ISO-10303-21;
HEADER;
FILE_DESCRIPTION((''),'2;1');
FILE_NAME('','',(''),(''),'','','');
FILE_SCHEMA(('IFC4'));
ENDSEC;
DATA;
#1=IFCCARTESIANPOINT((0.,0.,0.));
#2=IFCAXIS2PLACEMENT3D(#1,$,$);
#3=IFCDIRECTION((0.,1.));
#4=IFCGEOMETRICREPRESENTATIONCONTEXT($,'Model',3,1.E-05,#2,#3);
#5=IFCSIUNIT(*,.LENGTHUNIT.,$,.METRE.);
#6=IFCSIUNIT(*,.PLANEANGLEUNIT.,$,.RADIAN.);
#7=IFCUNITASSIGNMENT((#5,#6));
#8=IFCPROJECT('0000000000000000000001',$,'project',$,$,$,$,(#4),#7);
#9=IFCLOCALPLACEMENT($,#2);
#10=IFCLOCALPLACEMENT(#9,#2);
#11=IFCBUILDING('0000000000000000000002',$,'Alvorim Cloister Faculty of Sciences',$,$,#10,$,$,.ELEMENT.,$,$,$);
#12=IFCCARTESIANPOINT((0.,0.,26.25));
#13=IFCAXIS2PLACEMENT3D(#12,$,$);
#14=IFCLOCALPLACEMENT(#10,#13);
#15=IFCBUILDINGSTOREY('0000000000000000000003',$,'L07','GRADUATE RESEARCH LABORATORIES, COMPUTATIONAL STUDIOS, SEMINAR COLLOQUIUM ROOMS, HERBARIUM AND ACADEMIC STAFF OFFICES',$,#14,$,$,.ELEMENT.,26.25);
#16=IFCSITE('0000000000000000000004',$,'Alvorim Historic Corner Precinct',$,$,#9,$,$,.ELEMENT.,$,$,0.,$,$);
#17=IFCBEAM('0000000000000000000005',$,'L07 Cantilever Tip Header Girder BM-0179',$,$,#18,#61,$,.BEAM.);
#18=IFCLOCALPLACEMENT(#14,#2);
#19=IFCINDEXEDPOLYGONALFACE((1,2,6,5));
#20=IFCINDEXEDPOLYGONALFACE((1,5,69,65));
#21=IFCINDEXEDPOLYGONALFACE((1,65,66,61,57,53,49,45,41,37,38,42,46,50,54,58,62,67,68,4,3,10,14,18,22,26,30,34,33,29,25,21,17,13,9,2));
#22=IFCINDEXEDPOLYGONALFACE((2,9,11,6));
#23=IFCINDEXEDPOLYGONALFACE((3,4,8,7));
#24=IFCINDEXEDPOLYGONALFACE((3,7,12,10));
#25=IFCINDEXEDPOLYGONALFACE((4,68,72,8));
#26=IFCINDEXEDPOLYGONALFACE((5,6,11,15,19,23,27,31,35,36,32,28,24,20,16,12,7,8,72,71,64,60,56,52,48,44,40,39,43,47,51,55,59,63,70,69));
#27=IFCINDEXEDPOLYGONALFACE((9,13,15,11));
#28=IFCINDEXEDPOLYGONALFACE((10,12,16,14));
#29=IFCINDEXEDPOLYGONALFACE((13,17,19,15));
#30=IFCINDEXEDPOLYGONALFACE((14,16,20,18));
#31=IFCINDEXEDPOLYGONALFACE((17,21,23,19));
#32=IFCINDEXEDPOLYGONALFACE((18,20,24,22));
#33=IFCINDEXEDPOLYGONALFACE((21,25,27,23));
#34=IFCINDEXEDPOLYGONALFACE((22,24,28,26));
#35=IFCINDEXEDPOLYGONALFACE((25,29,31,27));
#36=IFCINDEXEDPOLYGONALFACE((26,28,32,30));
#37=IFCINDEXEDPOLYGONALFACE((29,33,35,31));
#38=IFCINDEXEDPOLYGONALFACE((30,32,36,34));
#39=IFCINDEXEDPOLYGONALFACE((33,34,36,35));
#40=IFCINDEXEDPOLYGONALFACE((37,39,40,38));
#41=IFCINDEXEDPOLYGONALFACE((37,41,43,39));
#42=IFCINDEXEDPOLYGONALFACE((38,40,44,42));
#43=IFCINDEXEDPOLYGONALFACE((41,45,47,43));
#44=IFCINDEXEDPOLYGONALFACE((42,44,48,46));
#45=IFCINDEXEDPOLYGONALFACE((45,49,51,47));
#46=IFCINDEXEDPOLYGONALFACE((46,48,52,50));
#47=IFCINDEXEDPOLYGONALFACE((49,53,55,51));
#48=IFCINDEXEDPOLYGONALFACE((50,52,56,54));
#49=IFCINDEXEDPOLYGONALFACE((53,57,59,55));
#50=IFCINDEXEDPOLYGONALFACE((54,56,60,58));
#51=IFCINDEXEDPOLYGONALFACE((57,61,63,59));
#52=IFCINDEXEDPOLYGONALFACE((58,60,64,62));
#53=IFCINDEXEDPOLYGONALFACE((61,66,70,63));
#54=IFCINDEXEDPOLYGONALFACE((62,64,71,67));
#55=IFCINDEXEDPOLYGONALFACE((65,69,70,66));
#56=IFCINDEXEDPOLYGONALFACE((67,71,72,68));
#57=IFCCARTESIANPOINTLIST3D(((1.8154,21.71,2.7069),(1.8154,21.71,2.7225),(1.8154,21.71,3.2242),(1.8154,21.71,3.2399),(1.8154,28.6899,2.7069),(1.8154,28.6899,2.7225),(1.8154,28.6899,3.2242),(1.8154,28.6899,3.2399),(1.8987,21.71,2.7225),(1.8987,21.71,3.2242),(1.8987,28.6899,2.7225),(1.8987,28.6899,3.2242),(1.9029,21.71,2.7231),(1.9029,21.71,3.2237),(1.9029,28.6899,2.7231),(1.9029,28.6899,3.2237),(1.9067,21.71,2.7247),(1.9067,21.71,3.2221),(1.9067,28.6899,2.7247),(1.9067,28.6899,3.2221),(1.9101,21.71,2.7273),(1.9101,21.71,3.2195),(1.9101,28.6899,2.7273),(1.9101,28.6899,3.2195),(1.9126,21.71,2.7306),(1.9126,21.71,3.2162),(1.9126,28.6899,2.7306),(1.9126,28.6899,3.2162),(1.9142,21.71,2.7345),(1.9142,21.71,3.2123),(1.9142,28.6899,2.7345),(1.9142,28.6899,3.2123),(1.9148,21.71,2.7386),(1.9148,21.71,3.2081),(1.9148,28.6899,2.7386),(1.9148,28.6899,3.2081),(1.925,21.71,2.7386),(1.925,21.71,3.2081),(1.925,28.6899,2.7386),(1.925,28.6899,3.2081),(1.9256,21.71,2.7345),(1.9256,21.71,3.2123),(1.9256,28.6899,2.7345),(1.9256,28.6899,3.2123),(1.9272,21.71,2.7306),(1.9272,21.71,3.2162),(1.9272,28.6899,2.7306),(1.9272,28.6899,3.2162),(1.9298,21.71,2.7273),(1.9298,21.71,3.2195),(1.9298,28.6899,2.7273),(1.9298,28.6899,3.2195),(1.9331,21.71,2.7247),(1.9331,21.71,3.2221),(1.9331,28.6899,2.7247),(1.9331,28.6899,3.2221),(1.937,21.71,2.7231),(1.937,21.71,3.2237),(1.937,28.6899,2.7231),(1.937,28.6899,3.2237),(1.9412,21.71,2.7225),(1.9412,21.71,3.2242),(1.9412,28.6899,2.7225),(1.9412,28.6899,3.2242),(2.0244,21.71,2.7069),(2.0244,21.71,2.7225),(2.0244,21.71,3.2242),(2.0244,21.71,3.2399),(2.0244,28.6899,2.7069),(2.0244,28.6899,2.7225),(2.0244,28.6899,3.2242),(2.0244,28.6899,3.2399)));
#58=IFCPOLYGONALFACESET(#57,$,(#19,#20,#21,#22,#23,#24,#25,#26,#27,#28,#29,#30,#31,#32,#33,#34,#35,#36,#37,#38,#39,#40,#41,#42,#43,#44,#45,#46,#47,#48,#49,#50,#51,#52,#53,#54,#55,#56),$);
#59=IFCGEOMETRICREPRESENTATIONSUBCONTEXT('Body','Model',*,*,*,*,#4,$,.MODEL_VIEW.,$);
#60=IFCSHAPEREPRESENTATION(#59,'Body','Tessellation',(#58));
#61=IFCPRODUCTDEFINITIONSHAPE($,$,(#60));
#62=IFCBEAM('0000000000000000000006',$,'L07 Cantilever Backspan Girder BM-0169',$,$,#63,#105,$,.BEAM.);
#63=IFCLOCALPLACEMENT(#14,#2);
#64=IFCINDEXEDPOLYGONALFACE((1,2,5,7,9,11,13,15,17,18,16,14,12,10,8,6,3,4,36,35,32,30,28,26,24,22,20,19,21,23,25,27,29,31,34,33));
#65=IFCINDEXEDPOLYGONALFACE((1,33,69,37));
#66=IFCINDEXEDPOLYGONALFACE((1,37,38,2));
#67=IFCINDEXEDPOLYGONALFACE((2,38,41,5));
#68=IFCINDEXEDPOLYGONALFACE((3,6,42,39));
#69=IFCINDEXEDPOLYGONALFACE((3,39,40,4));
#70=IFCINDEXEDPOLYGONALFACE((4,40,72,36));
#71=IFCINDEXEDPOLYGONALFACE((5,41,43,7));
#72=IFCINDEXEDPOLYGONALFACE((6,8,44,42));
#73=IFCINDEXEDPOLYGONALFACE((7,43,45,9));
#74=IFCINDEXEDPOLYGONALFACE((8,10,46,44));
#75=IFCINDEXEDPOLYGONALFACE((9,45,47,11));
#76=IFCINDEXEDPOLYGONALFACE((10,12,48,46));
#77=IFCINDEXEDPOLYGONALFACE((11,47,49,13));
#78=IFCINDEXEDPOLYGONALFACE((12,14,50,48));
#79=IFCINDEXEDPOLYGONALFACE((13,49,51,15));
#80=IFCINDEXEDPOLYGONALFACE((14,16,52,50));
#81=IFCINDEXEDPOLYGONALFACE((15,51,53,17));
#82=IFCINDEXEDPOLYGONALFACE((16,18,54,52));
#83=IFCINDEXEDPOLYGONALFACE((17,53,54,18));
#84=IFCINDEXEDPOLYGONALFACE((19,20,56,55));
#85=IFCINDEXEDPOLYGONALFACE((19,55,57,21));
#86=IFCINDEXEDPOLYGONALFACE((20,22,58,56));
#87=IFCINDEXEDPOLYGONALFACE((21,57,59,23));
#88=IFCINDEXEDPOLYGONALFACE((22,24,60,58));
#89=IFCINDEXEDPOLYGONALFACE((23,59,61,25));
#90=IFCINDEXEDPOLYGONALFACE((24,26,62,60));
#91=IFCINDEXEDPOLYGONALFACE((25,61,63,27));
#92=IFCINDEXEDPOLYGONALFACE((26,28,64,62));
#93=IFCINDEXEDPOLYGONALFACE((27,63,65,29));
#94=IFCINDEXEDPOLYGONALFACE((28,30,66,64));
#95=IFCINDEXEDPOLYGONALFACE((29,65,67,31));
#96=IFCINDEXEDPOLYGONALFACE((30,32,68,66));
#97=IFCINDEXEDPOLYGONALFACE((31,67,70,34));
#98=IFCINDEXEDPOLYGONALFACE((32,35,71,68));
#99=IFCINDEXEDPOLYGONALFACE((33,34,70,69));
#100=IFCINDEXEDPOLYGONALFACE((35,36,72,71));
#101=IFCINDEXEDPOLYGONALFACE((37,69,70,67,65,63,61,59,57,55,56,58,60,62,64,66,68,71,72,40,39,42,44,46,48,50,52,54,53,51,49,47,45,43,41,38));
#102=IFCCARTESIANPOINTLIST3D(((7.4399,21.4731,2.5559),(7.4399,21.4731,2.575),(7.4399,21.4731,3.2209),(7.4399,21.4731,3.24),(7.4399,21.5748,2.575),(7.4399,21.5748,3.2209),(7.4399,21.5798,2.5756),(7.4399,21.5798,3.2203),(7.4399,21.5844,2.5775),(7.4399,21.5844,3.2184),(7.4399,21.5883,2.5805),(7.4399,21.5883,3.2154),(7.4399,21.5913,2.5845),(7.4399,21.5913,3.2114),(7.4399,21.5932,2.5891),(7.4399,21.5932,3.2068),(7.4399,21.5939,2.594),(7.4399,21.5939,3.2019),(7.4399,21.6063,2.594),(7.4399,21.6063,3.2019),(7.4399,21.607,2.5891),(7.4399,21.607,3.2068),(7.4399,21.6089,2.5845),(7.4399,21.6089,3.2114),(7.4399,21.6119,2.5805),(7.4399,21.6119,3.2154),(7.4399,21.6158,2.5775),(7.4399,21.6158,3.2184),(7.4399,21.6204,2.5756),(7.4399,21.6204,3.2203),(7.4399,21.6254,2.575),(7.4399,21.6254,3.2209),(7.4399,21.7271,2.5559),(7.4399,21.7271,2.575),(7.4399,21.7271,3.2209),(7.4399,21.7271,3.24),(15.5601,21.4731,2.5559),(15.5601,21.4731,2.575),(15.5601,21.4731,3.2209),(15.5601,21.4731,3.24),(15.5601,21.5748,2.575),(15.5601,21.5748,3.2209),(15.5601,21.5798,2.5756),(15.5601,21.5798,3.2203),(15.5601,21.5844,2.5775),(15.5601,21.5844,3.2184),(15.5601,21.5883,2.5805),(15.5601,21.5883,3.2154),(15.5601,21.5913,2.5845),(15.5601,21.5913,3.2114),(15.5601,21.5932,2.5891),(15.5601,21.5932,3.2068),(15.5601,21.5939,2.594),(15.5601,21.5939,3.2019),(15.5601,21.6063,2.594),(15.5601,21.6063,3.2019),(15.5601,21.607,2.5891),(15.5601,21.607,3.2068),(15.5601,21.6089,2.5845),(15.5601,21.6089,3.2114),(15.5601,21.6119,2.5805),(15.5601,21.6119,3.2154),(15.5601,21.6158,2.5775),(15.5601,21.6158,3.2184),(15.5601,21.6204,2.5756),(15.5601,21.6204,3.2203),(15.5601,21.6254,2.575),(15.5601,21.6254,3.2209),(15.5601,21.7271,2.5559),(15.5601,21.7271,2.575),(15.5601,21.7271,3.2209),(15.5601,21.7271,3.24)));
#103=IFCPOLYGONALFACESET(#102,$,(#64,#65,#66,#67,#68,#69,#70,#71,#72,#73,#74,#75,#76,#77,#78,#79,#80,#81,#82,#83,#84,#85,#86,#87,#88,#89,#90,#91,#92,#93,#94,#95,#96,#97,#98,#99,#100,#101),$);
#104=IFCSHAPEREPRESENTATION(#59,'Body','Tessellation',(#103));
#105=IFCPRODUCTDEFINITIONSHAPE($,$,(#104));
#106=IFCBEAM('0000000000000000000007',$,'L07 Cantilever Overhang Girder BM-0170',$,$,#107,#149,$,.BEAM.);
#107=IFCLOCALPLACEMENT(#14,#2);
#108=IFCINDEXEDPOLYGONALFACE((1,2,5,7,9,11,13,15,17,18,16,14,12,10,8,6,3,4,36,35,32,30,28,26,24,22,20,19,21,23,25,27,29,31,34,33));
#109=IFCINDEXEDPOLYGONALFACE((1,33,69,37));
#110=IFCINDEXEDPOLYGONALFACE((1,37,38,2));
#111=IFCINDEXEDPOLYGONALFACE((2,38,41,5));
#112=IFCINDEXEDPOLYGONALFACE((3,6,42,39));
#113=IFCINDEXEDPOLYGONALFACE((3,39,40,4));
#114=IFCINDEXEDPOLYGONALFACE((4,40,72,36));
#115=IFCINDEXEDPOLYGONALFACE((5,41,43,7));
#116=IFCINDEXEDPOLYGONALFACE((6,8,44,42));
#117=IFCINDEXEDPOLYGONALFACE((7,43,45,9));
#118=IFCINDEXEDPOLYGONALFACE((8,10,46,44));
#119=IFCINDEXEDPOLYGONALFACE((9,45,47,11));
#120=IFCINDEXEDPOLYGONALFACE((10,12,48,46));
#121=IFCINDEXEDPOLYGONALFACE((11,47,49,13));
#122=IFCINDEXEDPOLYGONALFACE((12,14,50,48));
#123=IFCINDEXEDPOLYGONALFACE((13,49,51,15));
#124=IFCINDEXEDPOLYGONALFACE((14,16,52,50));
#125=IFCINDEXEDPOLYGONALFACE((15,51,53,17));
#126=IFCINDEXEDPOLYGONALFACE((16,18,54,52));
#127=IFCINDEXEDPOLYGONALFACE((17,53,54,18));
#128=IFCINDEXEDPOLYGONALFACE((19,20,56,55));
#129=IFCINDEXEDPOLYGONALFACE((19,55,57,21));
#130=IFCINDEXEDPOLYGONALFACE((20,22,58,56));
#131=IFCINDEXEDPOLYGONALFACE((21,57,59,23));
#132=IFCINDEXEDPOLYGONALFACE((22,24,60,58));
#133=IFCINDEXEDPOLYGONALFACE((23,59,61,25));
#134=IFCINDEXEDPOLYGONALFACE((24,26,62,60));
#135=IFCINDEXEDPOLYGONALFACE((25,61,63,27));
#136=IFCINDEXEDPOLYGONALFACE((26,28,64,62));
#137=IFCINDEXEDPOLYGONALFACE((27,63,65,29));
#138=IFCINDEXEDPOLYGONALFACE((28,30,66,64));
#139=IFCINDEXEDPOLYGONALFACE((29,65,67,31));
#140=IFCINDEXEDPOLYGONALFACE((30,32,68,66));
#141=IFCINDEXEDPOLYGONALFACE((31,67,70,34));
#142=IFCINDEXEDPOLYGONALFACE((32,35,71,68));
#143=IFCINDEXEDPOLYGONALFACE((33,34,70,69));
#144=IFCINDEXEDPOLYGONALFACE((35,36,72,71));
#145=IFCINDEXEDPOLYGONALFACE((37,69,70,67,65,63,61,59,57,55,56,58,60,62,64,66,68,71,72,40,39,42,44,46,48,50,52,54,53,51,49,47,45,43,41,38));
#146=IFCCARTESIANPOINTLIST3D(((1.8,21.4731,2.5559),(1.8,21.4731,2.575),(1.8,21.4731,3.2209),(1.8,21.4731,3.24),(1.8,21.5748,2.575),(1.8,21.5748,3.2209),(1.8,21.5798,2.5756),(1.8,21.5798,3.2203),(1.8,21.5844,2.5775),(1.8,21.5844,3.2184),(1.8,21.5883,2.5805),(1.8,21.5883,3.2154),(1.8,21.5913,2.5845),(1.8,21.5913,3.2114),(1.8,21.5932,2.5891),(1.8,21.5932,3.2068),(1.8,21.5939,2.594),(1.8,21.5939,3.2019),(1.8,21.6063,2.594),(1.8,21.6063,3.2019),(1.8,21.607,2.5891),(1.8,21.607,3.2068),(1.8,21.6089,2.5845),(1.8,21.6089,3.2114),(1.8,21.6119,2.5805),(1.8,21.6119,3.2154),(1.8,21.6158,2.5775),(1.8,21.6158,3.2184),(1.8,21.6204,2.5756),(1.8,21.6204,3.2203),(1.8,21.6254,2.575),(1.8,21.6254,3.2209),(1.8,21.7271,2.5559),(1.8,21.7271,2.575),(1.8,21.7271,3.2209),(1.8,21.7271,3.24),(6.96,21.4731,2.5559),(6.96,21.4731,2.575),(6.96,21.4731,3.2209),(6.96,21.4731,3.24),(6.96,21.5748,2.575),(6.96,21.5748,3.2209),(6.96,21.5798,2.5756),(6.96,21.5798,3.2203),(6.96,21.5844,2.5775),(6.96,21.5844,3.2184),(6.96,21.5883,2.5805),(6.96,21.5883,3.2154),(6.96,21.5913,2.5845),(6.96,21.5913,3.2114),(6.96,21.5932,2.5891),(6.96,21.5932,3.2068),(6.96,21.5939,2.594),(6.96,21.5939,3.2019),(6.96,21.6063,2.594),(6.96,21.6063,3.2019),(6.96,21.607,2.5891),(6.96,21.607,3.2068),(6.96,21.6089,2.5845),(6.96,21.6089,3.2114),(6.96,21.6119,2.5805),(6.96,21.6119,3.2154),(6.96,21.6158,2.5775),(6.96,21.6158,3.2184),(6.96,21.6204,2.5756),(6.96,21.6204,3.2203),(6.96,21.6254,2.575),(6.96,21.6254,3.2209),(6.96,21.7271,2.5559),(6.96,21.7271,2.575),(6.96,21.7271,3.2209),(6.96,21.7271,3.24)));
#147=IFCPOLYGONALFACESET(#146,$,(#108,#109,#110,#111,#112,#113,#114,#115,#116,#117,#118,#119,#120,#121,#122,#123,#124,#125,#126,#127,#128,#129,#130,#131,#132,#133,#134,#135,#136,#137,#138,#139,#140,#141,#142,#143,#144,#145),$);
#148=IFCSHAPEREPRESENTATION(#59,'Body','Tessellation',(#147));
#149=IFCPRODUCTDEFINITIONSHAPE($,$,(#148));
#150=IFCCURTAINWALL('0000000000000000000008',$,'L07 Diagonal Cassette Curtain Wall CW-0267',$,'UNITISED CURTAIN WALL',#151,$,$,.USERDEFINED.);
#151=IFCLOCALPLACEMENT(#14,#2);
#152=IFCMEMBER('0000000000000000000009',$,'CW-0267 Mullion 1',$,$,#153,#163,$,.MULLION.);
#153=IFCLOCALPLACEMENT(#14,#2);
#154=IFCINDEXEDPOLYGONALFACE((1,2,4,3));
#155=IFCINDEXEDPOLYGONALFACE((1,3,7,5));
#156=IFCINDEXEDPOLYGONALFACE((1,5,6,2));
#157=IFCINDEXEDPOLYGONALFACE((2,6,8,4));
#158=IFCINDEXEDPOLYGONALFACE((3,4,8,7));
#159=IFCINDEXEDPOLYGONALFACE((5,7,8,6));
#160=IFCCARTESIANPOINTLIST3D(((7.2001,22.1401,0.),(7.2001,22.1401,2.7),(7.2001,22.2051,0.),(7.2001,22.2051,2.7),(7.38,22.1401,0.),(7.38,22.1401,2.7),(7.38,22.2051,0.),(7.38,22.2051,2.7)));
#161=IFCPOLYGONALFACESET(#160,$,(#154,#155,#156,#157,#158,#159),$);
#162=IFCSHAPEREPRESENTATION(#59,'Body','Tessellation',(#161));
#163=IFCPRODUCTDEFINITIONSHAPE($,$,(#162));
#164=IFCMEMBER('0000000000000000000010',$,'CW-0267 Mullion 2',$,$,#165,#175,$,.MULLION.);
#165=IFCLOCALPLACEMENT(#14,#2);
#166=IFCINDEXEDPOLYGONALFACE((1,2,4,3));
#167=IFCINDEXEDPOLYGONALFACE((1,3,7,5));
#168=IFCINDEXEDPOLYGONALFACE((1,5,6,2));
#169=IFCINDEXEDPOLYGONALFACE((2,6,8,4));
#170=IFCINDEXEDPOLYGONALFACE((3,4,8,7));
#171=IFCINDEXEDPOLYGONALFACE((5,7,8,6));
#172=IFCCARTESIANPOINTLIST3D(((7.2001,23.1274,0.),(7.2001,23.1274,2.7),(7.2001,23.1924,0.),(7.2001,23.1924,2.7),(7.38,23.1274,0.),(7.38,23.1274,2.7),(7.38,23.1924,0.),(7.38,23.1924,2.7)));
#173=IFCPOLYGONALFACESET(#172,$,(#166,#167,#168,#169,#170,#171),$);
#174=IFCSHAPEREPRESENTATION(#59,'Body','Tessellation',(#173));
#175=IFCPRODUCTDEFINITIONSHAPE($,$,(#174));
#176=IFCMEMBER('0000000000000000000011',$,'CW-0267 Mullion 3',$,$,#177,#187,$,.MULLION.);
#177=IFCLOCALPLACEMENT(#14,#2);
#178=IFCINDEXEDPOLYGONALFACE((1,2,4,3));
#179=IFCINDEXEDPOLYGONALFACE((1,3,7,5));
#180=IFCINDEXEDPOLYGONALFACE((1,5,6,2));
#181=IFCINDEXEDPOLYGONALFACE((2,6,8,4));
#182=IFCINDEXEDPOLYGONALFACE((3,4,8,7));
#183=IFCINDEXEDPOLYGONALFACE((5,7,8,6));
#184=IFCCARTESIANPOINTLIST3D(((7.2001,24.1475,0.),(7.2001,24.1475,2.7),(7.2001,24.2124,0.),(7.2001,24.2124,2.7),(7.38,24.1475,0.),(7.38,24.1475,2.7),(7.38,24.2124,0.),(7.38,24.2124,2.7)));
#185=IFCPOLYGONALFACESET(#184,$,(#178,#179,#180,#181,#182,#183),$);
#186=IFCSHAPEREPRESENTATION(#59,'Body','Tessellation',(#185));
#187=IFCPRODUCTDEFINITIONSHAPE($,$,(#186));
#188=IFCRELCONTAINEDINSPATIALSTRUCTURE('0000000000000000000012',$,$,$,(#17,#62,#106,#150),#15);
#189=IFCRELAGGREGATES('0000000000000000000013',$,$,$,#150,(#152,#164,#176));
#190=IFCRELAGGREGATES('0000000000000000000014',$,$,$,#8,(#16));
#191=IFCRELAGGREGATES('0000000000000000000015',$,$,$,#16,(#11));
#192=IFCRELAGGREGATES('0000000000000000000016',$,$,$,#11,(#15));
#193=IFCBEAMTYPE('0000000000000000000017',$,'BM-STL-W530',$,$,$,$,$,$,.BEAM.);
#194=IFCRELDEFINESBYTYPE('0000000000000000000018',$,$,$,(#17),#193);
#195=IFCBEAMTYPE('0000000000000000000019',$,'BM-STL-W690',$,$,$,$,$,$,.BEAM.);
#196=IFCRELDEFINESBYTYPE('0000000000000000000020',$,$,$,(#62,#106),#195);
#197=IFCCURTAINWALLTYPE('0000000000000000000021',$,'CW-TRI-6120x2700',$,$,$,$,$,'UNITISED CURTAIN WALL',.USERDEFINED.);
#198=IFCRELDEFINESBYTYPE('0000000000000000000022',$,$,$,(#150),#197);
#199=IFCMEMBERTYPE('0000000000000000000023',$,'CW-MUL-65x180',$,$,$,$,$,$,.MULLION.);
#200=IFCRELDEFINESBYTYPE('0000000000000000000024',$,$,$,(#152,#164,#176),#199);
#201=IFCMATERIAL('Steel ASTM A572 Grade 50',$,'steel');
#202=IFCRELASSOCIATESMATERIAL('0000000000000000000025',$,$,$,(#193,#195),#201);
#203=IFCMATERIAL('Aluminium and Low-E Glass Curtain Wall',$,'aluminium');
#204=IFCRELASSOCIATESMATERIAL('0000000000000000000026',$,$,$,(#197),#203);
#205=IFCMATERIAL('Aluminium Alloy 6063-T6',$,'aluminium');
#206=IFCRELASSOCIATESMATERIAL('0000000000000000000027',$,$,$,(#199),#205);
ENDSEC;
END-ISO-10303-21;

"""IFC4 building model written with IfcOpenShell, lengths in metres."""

from ifc_helpers import new_model, si_unit, direction, frame, origin, origin_2d, place, context, subcontext, project, spatial, rectangle, i_section, extrude, material, material_profile, profile_set, type_object, element, aggregate, save


model = new_model("IFC4")

# Units and contexts
model_context = context("Model", 3, precision=1e-05, world=origin(), true_north=direction((0.0, 1.0)))
body_context = subcontext(model_context, "Body", "Model", "MODEL_VIEW")
ifc_project = project(units=[si_unit("LENGTHUNIT", "METRE"), si_unit("PLANEANGLEUNIT", "RADIAN")], contexts=[model_context])

# Site, building, storey
site_placement = place(None, origin())
site = spatial("IfcSite", under=ifc_project, at=site_placement, Name="Alvorim Historic Corner Precinct", CompositionType="ELEMENT", RefElevation=0.0)
building_placement = place(site_placement, origin())
building = spatial("IfcBuilding", under=site, at=building_placement, Name="Alvorim Cloister Faculty of Sciences", CompositionType="ELEMENT")
storey_placement = place(building_placement, frame((0.0, 0.0, 26.25)))
storey = spatial("IfcBuildingStorey", under=building, at=storey_placement, Name="L07", Description="GRADUATE RESEARCH LABORATORIES, COMPUTATIONAL STUDIOS, SEMINAR COLLOQUIUM ROOMS, HERBARIUM AND ACADEMIC STAFF OFFICES", CompositionType="ELEMENT", Elevation=26.25)

# Beams
ifc_material_1 = material(Name="Steel ASTM A572 Grade 50", Category="steel")
ifc_material_profile_1 = material_profile(ifc_material_1, i_section(OverallWidth=0.209, OverallDepth=0.533, WebThickness=0.0103, FlangeThickness=0.0156, FilletRadius=0.0161, at=origin_2d()), Name="W530x92.0")
ifc_profile_set_1 = profile_set([ifc_material_profile_1], Name="Steel ASTM A572 Grade 50")
beam_type_1 = type_object("IfcBeamType", Name="BM-STL-W530", PredefinedType="BEAM", material=ifc_profile_set_1)
beam_1_placement = place(storey_placement, frame((1.9199, 21.71, 2.9734), z_axis=(0.0, 1.0, 0.0), x_axis=(-1.0, 0.0, 0.0)))
element("IfcBeam", 1, at=beam_1_placement, inside=storey, type_object=beam_type_1, Name="L07 Cantilever Tip Header Girder BM-0179", PredefinedType="BEAM", context=body_context, shape_type="SweptSolid", body=[
    extrude(i_section(OverallWidth=0.209, OverallDepth=0.533, WebThickness=0.0103, FlangeThickness=0.0156, FilletRadius=0.0161, at=origin_2d()), origin(), (0.0, 0.0, 1.0), 6.98),
])
ifc_material_profile_2 = material_profile(ifc_material_1, i_section(OverallWidth=0.2539, OverallDepth=0.6841, WebThickness=0.0125, FlangeThickness=0.019, FilletRadius=0.019, at=origin_2d()), Name="W690x140.0")
ifc_profile_set_2 = profile_set([ifc_material_profile_2], Name="Steel ASTM A572 Grade 50")
beam_type_2 = type_object("IfcBeamType", Name="BM-STL-W690", PredefinedType="BEAM", material=ifc_profile_set_2)
beam_2_placement = place(storey_placement, frame((7.4399, 21.6001, 2.8979), z_axis=(1.0, 0.0, 0.0), x_axis=(0.0, 1.0, 0.0)))
element("IfcBeam", 2, at=beam_2_placement, inside=storey, type_object=beam_type_2, Name="L07 Cantilever Backspan Girder BM-0169", PredefinedType="BEAM", context=body_context, shape_type="SweptSolid", body=[
    extrude(i_section(OverallWidth=0.2539, OverallDepth=0.6841, WebThickness=0.0125, FlangeThickness=0.019, FilletRadius=0.019, at=origin_2d()), origin(), (0.0, 0.0, 1.0), 8.1201),
])
beam_3_placement = place(storey_placement, frame((1.8, 21.6001, 2.8979), z_axis=(1.0, 0.0, 0.0), x_axis=(0.0, 1.0, 0.0)))
element("IfcBeam", 3, at=beam_3_placement, inside=storey, type_object=beam_type_2, Name="L07 Cantilever Overhang Girder BM-0170", PredefinedType="BEAM", context=body_context, shape_type="SweptSolid", body=[
    extrude(i_section(OverallWidth=0.2539, OverallDepth=0.6841, WebThickness=0.0125, FlangeThickness=0.019, FilletRadius=0.019, at=origin_2d()), origin(), (0.0, 0.0, 1.0), 5.1599),
])

# Curtain wall, members
ifc_material_2 = material(Name="Aluminium and Low-E Glass Curtain Wall", Category="aluminium")
curtain_wall_type = type_object("IfcCurtainWallType", Name="CW-TRI-6120x2700", ElementType="UNITISED CURTAIN WALL", PredefinedType="USERDEFINED", material=ifc_material_2)
curtain_wall_placement = place(storey_placement, origin())
curtain_wall = element("IfcCurtainWall", 4, at=curtain_wall_placement, inside=storey, type_object=curtain_wall_type, Name="L07 Diagonal Cassette Curtain Wall CW-0267", ObjectType="UNITISED CURTAIN WALL", PredefinedType="USERDEFINED")
ifc_material_3 = material(Name="Aluminium Alloy 6063-T6", Category="aluminium")
ifc_material_profile_3 = material_profile(ifc_material_3, rectangle(XDim=0.0649, YDim=0.1799, at=origin_2d()), Name="ALU-MUL-65x180")
ifc_profile_set_3 = profile_set([ifc_material_profile_3], Name="Aluminium Alloy 6063-T6")
member_type_1 = type_object("IfcMemberType", Name="CW-MUL-65x180", PredefinedType="MULLION", material=ifc_profile_set_3)
member_1_placement = place(storey_placement, frame((7.29, 22.1726, 0.0), z_axis=(0.0, 0.0, 1.0), x_axis=(0.0, 1.0, 0.0)))
member_1 = element("IfcMember", 5, at=member_1_placement, type_object=member_type_1, Name="CW-0267 Mullion 1", PredefinedType="MULLION", context=body_context, shape_type="SweptSolid", body=[
    extrude(rectangle(XDim=0.0649, YDim=0.1799, at=origin_2d()), origin(), (0.0, 0.0, 1.0), 2.7),
])
member_2_placement = place(storey_placement, frame((7.29, 23.1599, 0.0), z_axis=(0.0, 0.0, 1.0), x_axis=(0.0, 1.0, 0.0)))
member_2 = element("IfcMember", 6, at=member_2_placement, type_object=member_type_1, Name="CW-0267 Mullion 2", PredefinedType="MULLION", context=body_context, shape_type="SweptSolid", body=[
    extrude(rectangle(XDim=0.0649, YDim=0.1799, at=origin_2d()), origin(), (0.0, 0.0, 1.0), 2.7),
])
member_3_placement = place(storey_placement, frame((7.29, 24.1799, 0.0), z_axis=(0.0, 0.0, 1.0), x_axis=(0.0, 1.0, 0.0)))
member_3 = element("IfcMember", 7, at=member_3_placement, type_object=member_type_1, Name="CW-0267 Mullion 3", PredefinedType="MULLION", context=body_context, shape_type="SweptSolid", body=[
    extrude(rectangle(XDim=0.0649, YDim=0.1799, at=origin_2d()), origin(), (0.0, 0.0, 1.0), 2.7),
])

aggregate(curtain_wall, [member_1, member_2, member_3])

save(model, "model.ifc")
